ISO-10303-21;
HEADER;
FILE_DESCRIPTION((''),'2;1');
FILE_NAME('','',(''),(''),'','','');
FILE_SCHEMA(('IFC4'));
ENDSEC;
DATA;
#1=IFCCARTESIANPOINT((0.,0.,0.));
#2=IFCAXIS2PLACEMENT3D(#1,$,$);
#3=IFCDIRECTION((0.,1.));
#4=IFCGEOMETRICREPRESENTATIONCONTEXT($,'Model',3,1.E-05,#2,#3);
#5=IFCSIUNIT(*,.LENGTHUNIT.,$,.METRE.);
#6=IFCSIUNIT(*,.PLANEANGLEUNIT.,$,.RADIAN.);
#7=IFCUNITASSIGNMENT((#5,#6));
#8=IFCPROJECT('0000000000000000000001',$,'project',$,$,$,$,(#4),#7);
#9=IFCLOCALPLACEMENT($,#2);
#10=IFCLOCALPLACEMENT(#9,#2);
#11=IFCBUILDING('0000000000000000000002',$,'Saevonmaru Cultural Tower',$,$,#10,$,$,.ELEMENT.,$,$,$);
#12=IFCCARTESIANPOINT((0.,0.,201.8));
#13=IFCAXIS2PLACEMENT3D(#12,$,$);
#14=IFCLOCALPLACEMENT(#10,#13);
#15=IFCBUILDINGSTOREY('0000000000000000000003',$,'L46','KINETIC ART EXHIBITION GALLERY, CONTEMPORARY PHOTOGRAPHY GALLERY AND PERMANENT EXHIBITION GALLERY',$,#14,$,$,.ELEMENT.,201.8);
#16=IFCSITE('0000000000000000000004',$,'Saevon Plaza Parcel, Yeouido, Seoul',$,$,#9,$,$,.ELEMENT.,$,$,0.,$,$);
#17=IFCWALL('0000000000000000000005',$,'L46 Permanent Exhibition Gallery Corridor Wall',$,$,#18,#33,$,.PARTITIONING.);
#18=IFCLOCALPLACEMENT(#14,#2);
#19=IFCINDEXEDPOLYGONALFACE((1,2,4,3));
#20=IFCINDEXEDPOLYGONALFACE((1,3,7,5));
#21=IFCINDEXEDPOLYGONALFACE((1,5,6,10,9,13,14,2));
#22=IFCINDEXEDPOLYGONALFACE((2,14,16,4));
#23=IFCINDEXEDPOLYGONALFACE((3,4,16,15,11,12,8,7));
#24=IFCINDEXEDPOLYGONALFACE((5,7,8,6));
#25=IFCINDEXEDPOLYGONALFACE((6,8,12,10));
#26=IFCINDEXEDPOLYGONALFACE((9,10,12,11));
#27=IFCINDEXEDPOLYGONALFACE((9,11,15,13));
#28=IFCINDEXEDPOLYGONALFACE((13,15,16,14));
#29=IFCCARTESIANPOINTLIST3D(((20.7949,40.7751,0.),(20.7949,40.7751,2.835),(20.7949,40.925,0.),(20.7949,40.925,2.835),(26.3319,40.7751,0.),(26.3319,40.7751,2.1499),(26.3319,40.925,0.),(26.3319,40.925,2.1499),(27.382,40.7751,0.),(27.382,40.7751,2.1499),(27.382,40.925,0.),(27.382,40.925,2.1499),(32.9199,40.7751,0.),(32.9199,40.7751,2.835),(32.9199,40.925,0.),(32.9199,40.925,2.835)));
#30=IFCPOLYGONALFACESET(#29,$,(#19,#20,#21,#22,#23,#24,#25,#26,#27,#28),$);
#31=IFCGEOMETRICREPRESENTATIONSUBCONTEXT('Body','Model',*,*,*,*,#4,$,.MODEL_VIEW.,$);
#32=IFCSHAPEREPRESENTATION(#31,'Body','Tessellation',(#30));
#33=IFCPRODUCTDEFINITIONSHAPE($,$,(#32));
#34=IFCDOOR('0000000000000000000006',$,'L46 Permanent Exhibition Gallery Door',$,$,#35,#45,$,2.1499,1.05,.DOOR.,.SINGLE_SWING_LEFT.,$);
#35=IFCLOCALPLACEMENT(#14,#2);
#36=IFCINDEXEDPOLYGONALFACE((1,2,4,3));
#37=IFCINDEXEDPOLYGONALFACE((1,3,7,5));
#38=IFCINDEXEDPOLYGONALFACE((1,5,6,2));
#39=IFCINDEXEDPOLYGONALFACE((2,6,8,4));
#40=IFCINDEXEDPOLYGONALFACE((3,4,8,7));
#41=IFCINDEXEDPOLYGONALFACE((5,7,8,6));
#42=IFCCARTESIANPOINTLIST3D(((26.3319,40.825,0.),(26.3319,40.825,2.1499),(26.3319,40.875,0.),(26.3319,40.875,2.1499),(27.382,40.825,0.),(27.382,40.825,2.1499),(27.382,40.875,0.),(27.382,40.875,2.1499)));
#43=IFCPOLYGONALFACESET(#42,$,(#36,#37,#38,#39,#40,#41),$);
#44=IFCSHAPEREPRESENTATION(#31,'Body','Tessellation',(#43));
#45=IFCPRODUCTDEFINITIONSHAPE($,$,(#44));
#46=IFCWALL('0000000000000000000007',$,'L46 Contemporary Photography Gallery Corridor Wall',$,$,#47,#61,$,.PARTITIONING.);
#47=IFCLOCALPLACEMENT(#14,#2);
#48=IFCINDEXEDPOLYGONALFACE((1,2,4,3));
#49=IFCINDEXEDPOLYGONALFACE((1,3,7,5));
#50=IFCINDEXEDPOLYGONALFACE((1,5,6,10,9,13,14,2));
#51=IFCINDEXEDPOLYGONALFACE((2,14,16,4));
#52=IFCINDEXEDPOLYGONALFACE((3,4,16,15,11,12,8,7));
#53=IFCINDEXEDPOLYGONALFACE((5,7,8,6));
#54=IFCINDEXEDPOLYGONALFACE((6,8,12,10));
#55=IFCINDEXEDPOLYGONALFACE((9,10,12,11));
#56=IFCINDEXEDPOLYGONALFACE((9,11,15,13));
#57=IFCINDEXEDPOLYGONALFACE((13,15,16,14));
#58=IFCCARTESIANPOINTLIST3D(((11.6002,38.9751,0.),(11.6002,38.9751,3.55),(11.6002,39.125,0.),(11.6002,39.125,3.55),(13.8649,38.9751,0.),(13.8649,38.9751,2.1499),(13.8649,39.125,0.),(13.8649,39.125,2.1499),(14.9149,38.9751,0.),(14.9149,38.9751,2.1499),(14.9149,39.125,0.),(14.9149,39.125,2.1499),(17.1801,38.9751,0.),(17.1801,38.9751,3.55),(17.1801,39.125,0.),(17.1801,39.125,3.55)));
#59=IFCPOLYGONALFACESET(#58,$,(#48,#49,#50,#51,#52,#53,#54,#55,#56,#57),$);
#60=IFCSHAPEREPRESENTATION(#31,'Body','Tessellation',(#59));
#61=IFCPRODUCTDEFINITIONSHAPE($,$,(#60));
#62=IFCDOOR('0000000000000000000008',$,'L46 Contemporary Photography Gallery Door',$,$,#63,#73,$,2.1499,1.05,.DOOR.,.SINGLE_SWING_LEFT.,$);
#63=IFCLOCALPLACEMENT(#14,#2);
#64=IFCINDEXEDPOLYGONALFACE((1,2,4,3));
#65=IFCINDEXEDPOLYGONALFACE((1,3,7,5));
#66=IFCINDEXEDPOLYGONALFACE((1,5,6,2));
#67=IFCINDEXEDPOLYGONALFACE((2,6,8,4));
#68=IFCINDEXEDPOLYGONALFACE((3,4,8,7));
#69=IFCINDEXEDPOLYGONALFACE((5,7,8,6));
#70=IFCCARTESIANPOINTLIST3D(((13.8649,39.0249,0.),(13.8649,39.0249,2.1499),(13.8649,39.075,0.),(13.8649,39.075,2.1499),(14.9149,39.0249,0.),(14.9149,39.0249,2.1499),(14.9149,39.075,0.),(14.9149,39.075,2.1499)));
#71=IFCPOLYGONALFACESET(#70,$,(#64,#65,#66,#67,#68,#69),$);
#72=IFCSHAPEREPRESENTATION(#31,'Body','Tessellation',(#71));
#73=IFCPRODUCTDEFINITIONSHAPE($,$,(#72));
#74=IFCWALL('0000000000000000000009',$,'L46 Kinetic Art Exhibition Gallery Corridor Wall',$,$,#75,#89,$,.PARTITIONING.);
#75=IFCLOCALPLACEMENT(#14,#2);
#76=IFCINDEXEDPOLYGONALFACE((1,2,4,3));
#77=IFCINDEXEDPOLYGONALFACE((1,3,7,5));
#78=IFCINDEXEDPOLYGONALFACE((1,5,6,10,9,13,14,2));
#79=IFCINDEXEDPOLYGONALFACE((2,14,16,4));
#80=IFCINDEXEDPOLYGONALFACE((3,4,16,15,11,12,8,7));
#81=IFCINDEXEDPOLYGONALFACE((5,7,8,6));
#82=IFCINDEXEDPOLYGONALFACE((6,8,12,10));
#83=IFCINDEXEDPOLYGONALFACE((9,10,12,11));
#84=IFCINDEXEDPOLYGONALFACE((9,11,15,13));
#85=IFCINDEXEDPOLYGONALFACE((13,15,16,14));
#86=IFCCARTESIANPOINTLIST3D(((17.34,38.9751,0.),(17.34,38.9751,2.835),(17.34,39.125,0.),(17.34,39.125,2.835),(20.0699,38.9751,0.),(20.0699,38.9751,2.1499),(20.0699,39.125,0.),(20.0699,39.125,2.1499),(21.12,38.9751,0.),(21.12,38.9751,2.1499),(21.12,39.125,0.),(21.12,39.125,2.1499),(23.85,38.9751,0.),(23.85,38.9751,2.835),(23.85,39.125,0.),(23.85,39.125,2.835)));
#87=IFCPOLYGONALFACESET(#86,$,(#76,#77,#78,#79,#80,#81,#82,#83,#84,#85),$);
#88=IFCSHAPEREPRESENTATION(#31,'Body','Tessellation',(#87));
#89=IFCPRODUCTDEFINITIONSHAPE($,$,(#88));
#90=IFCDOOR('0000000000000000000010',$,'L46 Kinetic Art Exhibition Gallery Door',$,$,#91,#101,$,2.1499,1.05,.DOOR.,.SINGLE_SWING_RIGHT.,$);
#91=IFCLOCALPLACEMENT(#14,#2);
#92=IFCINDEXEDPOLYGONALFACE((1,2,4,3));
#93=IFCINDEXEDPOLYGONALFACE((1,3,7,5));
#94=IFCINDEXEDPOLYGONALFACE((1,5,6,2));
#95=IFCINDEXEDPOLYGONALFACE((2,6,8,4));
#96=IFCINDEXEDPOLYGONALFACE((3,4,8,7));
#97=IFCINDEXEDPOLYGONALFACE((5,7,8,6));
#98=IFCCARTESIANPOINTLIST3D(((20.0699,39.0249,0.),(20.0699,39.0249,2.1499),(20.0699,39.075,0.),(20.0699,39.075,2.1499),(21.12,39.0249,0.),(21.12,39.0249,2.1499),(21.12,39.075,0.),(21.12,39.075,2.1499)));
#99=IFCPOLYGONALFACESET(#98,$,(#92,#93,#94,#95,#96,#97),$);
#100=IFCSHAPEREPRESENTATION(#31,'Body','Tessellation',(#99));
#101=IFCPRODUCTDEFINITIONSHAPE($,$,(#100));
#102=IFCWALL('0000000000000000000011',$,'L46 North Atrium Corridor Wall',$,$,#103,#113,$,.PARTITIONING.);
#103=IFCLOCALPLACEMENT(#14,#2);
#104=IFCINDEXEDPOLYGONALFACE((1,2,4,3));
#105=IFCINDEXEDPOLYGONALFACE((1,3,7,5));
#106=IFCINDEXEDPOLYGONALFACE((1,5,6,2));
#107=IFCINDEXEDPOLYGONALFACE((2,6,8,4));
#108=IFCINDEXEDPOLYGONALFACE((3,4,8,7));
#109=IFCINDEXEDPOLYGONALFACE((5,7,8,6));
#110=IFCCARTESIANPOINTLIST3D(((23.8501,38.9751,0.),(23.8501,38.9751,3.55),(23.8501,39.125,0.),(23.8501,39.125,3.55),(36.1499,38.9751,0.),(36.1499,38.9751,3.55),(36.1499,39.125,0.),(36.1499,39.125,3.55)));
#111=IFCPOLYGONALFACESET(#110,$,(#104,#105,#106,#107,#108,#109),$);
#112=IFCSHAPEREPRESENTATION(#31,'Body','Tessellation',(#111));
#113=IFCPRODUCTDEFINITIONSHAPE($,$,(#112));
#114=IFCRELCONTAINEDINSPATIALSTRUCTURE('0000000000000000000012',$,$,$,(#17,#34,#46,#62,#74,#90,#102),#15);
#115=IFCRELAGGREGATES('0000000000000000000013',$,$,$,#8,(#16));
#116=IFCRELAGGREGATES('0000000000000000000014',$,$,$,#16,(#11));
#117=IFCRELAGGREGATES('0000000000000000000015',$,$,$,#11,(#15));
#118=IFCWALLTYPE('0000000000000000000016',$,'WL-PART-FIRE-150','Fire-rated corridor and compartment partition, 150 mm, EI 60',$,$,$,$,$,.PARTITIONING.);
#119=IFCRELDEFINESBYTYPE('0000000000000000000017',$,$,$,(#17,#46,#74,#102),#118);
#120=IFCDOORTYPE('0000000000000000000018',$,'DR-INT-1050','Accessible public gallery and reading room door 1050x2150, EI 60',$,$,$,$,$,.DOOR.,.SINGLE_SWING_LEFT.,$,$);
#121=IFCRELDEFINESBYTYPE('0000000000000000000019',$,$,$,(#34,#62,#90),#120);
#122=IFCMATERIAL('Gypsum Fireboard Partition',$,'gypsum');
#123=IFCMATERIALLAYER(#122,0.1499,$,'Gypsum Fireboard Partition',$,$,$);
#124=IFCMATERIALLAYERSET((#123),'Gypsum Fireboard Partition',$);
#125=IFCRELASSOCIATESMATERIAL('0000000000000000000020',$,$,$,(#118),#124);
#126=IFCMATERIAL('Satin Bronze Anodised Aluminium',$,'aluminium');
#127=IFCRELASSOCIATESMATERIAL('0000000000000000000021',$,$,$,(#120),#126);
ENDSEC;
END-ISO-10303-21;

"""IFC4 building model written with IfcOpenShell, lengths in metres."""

from ifc_helpers import new_model, si_unit, direction, frame, frame_2d, origin, place, context, subcontext, project, spatial, rectangle, extrude, material, layer, layer_set, type_object, element, fill, save


model = new_model("IFC4")

# Units and contexts
model_context = context("Model", 3, precision=1e-05, world=origin(), true_north=direction((0.0, 1.0)))
body_context = subcontext(model_context, "Body", "Model", "MODEL_VIEW")
ifc_project = project(units=[si_unit("LENGTHUNIT", "METRE"), si_unit("PLANEANGLEUNIT", "RADIAN")], contexts=[model_context])

# Site, building, storey
site_placement = place(None, origin())
site = spatial("IfcSite", under=ifc_project, at=site_placement, Name="Saevon Plaza Parcel, Yeouido, Seoul", CompositionType="ELEMENT", RefElevation=0.0)
building_placement = place(site_placement, origin())
building = spatial("IfcBuilding", under=site, at=building_placement, Name="Saevonmaru Cultural Tower", CompositionType="ELEMENT")
storey_placement = place(building_placement, frame((0.0, 0.0, 201.8)))
storey = spatial("IfcBuildingStorey", under=building, at=storey_placement, Name="L46", Description="KINETIC ART EXHIBITION GALLERY, CONTEMPORARY PHOTOGRAPHY GALLERY AND PERMANENT EXHIBITION GALLERY", CompositionType="ELEMENT", Elevation=201.8)

# Shared definitions
ifc_material_1 = material(Name="Satin Bronze Anodised Aluminium", Category="aluminium")

# Shared definitions
ifc_material_2 = material(Name="Gypsum Fireboard Partition", Category="gypsum")
ifc_layer_1 = layer(ifc_material_2, 0.1499, Name="Gypsum Fireboard Partition")
ifc_layer_set_1 = layer_set([ifc_layer_1], Name="Gypsum Fireboard Partition")
wall_type = type_object("IfcWallType", Name="WL-PART-FIRE-150", Description="Fire-rated corridor and compartment partition, 150 mm, EI 60", PredefinedType="PARTITIONING", material=ifc_layer_set_1)
door_type = type_object("IfcDoorType", Name="DR-INT-1050", Description="Accessible public gallery and reading room door 1050x2150, EI 60", OperationType="SINGLE_SWING_LEFT", PredefinedType="DOOR", material=ifc_material_1)

# Walls, openings, doors
wall_1_placement = place(storey_placement, frame((20.7949, 40.8501, 0.0), z_axis=(0.0, 0.0, 1.0), x_axis=(1.0, 0.0, 0.0)))
wall_1 = element("IfcWall", 1, at=wall_1_placement, inside=storey, type_object=wall_type, Name="L46 Permanent Exhibition Gallery Corridor Wall", PredefinedType="PARTITIONING", context=body_context, shape_type="SweptSolid", body=[
    extrude(rectangle(XDim=12.125, YDim=0.1499, at=frame_2d((6.0625, 0.0))), origin(), (0.0, 0.0, 1.0), 2.835),
])
opening_1_placement = place(wall_1_placement, frame((5.5371, 0.0, 0.0)))
opening_1 = element("IfcOpeningElement", 2, at=opening_1_placement, cuts=wall_1, PredefinedType="OPENING", context=body_context, shape_type="SweptSolid", body=[
    extrude(rectangle(XDim=1.05, YDim=2.1499, at=frame_2d((0.5249, 1.075))), frame((0.0, 0.085, 0.0), z_axis=(0.0, -1.0, 0.0), x_axis=(1.0, 0.0, 0.0)), (0.0, 0.0, 1.0), 0.1699),
])
door_1_placement = place(opening_1_placement, origin())
door_1 = element("IfcDoor", 3, at=door_1_placement, inside=storey, type_object=door_type, Name="L46 Permanent Exhibition Gallery Door", OperationType="SINGLE_SWING_LEFT", OverallHeight=2.1499, OverallWidth=1.05, PredefinedType="DOOR", context=body_context, shape_type="SweptSolid", body=[
    extrude(rectangle(XDim=1.05, YDim=2.1499, at=frame_2d((0.5249, 1.075))), frame((0.0, 0.0249, 0.0), z_axis=(0.0, -1.0, 0.0), x_axis=(1.0, 0.0, 0.0)), (0.0, 0.0, 1.0), 0.05),
])
fill(opening_1, door_1)
wall_2_placement = place(storey_placement, frame((11.6001, 39.05, 0.0), z_axis=(0.0, 0.0, 1.0), x_axis=(1.0, 0.0, 0.0)))
wall_2 = element("IfcWall", 4, at=wall_2_placement, inside=storey, type_object=wall_type, Name="L46 Contemporary Photography Gallery Corridor Wall", PredefinedType="PARTITIONING", context=body_context, shape_type="SweptSolid", body=[
    extrude(rectangle(XDim=5.5798, YDim=0.1499, at=frame_2d((2.79, 0.0))), origin(), (0.0, 0.0, 1.0), 3.55),
])
opening_2_placement = place(wall_2_placement, frame((2.2649, 0.0, 0.0)))
opening_2 = element("IfcOpeningElement", 5, at=opening_2_placement, cuts=wall_2, PredefinedType="OPENING", context=body_context, shape_type="SweptSolid", body=[
    extrude(rectangle(XDim=1.05, YDim=2.1499, at=frame_2d((0.5249, 1.075))), frame((0.0, 0.085, 0.0), z_axis=(0.0, -1.0, 0.0), x_axis=(1.0, 0.0, 0.0)), (0.0, 0.0, 1.0), 0.1699),
])
door_2_placement = place(opening_2_placement, origin())
door_2 = element("IfcDoor", 6, at=door_2_placement, inside=storey, type_object=door_type, Name="L46 Contemporary Photography Gallery Door", OperationType="SINGLE_SWING_LEFT", OverallHeight=2.1499, OverallWidth=1.05, PredefinedType="DOOR", context=body_context, shape_type="SweptSolid", body=[
    extrude(rectangle(XDim=1.05, YDim=2.1499, at=frame_2d((0.5249, 1.075))), frame((0.0, 0.0249, 0.0), z_axis=(0.0, -1.0, 0.0), x_axis=(1.0, 0.0, 0.0)), (0.0, 0.0, 1.0), 0.05),
])
fill(opening_2, door_2)
wall_3_placement = place(storey_placement, frame((17.3401, 39.05, 0.0), z_axis=(0.0, 0.0, 1.0), x_axis=(1.0, 0.0, 0.0)))
wall_3 = element("IfcWall", 7, at=wall_3_placement, inside=storey, type_object=wall_type, Name="L46 Kinetic Art Exhibition Gallery Corridor Wall", PredefinedType="PARTITIONING", context=body_context, shape_type="SweptSolid", body=[
    extrude(rectangle(XDim=6.51, YDim=0.1499, at=frame_2d((3.2549, 0.0))), origin(), (0.0, 0.0, 1.0), 2.835),
])
opening_3_placement = place(wall_3_placement, frame((2.73, 0.0, 0.0)))
opening_3 = element("IfcOpeningElement", 8, at=opening_3_placement, cuts=wall_3, PredefinedType="OPENING", context=body_context, shape_type="SweptSolid", body=[
    extrude(rectangle(XDim=1.05, YDim=2.1499, at=frame_2d((0.5249, 1.075))), frame((0.0, 0.085, 0.0), z_axis=(0.0, -1.0, 0.0), x_axis=(1.0, 0.0, 0.0)), (0.0, 0.0, 1.0), 0.1699),
])
door_3_placement = place(opening_3_placement, origin())
door_3 = element("IfcDoor", 9, at=door_3_placement, inside=storey, type_object=door_type, Name="L46 Kinetic Art Exhibition Gallery Door", OperationType="SINGLE_SWING_RIGHT", OverallHeight=2.1499, OverallWidth=1.05, PredefinedType="DOOR", context=body_context, shape_type="SweptSolid", body=[
    extrude(rectangle(XDim=1.05, YDim=2.1499, at=frame_2d((0.5249, 1.075))), frame((0.0, 0.0249, 0.0), z_axis=(0.0, -1.0, 0.0), x_axis=(1.0, 0.0, 0.0)), (0.0, 0.0, 1.0), 0.05),
])
fill(opening_3, door_3)

# Wall
wall_4_placement = place(storey_placement, frame((23.8501, 39.05, 0.0), z_axis=(0.0, 0.0, 1.0), x_axis=(1.0, 0.0, 0.0)))
element("IfcWall", 10, at=wall_4_placement, inside=storey, type_object=wall_type, Name="L46 North Atrium Corridor Wall", PredefinedType="PARTITIONING", context=body_context, shape_type="SweptSolid", body=[
    extrude(rectangle(XDim=12.2998, YDim=0.1499, at=frame_2d((6.1499, 0.0))), origin(), (0.0, 0.0, 1.0), 3.55),
])

save(model, "model.ifc")
